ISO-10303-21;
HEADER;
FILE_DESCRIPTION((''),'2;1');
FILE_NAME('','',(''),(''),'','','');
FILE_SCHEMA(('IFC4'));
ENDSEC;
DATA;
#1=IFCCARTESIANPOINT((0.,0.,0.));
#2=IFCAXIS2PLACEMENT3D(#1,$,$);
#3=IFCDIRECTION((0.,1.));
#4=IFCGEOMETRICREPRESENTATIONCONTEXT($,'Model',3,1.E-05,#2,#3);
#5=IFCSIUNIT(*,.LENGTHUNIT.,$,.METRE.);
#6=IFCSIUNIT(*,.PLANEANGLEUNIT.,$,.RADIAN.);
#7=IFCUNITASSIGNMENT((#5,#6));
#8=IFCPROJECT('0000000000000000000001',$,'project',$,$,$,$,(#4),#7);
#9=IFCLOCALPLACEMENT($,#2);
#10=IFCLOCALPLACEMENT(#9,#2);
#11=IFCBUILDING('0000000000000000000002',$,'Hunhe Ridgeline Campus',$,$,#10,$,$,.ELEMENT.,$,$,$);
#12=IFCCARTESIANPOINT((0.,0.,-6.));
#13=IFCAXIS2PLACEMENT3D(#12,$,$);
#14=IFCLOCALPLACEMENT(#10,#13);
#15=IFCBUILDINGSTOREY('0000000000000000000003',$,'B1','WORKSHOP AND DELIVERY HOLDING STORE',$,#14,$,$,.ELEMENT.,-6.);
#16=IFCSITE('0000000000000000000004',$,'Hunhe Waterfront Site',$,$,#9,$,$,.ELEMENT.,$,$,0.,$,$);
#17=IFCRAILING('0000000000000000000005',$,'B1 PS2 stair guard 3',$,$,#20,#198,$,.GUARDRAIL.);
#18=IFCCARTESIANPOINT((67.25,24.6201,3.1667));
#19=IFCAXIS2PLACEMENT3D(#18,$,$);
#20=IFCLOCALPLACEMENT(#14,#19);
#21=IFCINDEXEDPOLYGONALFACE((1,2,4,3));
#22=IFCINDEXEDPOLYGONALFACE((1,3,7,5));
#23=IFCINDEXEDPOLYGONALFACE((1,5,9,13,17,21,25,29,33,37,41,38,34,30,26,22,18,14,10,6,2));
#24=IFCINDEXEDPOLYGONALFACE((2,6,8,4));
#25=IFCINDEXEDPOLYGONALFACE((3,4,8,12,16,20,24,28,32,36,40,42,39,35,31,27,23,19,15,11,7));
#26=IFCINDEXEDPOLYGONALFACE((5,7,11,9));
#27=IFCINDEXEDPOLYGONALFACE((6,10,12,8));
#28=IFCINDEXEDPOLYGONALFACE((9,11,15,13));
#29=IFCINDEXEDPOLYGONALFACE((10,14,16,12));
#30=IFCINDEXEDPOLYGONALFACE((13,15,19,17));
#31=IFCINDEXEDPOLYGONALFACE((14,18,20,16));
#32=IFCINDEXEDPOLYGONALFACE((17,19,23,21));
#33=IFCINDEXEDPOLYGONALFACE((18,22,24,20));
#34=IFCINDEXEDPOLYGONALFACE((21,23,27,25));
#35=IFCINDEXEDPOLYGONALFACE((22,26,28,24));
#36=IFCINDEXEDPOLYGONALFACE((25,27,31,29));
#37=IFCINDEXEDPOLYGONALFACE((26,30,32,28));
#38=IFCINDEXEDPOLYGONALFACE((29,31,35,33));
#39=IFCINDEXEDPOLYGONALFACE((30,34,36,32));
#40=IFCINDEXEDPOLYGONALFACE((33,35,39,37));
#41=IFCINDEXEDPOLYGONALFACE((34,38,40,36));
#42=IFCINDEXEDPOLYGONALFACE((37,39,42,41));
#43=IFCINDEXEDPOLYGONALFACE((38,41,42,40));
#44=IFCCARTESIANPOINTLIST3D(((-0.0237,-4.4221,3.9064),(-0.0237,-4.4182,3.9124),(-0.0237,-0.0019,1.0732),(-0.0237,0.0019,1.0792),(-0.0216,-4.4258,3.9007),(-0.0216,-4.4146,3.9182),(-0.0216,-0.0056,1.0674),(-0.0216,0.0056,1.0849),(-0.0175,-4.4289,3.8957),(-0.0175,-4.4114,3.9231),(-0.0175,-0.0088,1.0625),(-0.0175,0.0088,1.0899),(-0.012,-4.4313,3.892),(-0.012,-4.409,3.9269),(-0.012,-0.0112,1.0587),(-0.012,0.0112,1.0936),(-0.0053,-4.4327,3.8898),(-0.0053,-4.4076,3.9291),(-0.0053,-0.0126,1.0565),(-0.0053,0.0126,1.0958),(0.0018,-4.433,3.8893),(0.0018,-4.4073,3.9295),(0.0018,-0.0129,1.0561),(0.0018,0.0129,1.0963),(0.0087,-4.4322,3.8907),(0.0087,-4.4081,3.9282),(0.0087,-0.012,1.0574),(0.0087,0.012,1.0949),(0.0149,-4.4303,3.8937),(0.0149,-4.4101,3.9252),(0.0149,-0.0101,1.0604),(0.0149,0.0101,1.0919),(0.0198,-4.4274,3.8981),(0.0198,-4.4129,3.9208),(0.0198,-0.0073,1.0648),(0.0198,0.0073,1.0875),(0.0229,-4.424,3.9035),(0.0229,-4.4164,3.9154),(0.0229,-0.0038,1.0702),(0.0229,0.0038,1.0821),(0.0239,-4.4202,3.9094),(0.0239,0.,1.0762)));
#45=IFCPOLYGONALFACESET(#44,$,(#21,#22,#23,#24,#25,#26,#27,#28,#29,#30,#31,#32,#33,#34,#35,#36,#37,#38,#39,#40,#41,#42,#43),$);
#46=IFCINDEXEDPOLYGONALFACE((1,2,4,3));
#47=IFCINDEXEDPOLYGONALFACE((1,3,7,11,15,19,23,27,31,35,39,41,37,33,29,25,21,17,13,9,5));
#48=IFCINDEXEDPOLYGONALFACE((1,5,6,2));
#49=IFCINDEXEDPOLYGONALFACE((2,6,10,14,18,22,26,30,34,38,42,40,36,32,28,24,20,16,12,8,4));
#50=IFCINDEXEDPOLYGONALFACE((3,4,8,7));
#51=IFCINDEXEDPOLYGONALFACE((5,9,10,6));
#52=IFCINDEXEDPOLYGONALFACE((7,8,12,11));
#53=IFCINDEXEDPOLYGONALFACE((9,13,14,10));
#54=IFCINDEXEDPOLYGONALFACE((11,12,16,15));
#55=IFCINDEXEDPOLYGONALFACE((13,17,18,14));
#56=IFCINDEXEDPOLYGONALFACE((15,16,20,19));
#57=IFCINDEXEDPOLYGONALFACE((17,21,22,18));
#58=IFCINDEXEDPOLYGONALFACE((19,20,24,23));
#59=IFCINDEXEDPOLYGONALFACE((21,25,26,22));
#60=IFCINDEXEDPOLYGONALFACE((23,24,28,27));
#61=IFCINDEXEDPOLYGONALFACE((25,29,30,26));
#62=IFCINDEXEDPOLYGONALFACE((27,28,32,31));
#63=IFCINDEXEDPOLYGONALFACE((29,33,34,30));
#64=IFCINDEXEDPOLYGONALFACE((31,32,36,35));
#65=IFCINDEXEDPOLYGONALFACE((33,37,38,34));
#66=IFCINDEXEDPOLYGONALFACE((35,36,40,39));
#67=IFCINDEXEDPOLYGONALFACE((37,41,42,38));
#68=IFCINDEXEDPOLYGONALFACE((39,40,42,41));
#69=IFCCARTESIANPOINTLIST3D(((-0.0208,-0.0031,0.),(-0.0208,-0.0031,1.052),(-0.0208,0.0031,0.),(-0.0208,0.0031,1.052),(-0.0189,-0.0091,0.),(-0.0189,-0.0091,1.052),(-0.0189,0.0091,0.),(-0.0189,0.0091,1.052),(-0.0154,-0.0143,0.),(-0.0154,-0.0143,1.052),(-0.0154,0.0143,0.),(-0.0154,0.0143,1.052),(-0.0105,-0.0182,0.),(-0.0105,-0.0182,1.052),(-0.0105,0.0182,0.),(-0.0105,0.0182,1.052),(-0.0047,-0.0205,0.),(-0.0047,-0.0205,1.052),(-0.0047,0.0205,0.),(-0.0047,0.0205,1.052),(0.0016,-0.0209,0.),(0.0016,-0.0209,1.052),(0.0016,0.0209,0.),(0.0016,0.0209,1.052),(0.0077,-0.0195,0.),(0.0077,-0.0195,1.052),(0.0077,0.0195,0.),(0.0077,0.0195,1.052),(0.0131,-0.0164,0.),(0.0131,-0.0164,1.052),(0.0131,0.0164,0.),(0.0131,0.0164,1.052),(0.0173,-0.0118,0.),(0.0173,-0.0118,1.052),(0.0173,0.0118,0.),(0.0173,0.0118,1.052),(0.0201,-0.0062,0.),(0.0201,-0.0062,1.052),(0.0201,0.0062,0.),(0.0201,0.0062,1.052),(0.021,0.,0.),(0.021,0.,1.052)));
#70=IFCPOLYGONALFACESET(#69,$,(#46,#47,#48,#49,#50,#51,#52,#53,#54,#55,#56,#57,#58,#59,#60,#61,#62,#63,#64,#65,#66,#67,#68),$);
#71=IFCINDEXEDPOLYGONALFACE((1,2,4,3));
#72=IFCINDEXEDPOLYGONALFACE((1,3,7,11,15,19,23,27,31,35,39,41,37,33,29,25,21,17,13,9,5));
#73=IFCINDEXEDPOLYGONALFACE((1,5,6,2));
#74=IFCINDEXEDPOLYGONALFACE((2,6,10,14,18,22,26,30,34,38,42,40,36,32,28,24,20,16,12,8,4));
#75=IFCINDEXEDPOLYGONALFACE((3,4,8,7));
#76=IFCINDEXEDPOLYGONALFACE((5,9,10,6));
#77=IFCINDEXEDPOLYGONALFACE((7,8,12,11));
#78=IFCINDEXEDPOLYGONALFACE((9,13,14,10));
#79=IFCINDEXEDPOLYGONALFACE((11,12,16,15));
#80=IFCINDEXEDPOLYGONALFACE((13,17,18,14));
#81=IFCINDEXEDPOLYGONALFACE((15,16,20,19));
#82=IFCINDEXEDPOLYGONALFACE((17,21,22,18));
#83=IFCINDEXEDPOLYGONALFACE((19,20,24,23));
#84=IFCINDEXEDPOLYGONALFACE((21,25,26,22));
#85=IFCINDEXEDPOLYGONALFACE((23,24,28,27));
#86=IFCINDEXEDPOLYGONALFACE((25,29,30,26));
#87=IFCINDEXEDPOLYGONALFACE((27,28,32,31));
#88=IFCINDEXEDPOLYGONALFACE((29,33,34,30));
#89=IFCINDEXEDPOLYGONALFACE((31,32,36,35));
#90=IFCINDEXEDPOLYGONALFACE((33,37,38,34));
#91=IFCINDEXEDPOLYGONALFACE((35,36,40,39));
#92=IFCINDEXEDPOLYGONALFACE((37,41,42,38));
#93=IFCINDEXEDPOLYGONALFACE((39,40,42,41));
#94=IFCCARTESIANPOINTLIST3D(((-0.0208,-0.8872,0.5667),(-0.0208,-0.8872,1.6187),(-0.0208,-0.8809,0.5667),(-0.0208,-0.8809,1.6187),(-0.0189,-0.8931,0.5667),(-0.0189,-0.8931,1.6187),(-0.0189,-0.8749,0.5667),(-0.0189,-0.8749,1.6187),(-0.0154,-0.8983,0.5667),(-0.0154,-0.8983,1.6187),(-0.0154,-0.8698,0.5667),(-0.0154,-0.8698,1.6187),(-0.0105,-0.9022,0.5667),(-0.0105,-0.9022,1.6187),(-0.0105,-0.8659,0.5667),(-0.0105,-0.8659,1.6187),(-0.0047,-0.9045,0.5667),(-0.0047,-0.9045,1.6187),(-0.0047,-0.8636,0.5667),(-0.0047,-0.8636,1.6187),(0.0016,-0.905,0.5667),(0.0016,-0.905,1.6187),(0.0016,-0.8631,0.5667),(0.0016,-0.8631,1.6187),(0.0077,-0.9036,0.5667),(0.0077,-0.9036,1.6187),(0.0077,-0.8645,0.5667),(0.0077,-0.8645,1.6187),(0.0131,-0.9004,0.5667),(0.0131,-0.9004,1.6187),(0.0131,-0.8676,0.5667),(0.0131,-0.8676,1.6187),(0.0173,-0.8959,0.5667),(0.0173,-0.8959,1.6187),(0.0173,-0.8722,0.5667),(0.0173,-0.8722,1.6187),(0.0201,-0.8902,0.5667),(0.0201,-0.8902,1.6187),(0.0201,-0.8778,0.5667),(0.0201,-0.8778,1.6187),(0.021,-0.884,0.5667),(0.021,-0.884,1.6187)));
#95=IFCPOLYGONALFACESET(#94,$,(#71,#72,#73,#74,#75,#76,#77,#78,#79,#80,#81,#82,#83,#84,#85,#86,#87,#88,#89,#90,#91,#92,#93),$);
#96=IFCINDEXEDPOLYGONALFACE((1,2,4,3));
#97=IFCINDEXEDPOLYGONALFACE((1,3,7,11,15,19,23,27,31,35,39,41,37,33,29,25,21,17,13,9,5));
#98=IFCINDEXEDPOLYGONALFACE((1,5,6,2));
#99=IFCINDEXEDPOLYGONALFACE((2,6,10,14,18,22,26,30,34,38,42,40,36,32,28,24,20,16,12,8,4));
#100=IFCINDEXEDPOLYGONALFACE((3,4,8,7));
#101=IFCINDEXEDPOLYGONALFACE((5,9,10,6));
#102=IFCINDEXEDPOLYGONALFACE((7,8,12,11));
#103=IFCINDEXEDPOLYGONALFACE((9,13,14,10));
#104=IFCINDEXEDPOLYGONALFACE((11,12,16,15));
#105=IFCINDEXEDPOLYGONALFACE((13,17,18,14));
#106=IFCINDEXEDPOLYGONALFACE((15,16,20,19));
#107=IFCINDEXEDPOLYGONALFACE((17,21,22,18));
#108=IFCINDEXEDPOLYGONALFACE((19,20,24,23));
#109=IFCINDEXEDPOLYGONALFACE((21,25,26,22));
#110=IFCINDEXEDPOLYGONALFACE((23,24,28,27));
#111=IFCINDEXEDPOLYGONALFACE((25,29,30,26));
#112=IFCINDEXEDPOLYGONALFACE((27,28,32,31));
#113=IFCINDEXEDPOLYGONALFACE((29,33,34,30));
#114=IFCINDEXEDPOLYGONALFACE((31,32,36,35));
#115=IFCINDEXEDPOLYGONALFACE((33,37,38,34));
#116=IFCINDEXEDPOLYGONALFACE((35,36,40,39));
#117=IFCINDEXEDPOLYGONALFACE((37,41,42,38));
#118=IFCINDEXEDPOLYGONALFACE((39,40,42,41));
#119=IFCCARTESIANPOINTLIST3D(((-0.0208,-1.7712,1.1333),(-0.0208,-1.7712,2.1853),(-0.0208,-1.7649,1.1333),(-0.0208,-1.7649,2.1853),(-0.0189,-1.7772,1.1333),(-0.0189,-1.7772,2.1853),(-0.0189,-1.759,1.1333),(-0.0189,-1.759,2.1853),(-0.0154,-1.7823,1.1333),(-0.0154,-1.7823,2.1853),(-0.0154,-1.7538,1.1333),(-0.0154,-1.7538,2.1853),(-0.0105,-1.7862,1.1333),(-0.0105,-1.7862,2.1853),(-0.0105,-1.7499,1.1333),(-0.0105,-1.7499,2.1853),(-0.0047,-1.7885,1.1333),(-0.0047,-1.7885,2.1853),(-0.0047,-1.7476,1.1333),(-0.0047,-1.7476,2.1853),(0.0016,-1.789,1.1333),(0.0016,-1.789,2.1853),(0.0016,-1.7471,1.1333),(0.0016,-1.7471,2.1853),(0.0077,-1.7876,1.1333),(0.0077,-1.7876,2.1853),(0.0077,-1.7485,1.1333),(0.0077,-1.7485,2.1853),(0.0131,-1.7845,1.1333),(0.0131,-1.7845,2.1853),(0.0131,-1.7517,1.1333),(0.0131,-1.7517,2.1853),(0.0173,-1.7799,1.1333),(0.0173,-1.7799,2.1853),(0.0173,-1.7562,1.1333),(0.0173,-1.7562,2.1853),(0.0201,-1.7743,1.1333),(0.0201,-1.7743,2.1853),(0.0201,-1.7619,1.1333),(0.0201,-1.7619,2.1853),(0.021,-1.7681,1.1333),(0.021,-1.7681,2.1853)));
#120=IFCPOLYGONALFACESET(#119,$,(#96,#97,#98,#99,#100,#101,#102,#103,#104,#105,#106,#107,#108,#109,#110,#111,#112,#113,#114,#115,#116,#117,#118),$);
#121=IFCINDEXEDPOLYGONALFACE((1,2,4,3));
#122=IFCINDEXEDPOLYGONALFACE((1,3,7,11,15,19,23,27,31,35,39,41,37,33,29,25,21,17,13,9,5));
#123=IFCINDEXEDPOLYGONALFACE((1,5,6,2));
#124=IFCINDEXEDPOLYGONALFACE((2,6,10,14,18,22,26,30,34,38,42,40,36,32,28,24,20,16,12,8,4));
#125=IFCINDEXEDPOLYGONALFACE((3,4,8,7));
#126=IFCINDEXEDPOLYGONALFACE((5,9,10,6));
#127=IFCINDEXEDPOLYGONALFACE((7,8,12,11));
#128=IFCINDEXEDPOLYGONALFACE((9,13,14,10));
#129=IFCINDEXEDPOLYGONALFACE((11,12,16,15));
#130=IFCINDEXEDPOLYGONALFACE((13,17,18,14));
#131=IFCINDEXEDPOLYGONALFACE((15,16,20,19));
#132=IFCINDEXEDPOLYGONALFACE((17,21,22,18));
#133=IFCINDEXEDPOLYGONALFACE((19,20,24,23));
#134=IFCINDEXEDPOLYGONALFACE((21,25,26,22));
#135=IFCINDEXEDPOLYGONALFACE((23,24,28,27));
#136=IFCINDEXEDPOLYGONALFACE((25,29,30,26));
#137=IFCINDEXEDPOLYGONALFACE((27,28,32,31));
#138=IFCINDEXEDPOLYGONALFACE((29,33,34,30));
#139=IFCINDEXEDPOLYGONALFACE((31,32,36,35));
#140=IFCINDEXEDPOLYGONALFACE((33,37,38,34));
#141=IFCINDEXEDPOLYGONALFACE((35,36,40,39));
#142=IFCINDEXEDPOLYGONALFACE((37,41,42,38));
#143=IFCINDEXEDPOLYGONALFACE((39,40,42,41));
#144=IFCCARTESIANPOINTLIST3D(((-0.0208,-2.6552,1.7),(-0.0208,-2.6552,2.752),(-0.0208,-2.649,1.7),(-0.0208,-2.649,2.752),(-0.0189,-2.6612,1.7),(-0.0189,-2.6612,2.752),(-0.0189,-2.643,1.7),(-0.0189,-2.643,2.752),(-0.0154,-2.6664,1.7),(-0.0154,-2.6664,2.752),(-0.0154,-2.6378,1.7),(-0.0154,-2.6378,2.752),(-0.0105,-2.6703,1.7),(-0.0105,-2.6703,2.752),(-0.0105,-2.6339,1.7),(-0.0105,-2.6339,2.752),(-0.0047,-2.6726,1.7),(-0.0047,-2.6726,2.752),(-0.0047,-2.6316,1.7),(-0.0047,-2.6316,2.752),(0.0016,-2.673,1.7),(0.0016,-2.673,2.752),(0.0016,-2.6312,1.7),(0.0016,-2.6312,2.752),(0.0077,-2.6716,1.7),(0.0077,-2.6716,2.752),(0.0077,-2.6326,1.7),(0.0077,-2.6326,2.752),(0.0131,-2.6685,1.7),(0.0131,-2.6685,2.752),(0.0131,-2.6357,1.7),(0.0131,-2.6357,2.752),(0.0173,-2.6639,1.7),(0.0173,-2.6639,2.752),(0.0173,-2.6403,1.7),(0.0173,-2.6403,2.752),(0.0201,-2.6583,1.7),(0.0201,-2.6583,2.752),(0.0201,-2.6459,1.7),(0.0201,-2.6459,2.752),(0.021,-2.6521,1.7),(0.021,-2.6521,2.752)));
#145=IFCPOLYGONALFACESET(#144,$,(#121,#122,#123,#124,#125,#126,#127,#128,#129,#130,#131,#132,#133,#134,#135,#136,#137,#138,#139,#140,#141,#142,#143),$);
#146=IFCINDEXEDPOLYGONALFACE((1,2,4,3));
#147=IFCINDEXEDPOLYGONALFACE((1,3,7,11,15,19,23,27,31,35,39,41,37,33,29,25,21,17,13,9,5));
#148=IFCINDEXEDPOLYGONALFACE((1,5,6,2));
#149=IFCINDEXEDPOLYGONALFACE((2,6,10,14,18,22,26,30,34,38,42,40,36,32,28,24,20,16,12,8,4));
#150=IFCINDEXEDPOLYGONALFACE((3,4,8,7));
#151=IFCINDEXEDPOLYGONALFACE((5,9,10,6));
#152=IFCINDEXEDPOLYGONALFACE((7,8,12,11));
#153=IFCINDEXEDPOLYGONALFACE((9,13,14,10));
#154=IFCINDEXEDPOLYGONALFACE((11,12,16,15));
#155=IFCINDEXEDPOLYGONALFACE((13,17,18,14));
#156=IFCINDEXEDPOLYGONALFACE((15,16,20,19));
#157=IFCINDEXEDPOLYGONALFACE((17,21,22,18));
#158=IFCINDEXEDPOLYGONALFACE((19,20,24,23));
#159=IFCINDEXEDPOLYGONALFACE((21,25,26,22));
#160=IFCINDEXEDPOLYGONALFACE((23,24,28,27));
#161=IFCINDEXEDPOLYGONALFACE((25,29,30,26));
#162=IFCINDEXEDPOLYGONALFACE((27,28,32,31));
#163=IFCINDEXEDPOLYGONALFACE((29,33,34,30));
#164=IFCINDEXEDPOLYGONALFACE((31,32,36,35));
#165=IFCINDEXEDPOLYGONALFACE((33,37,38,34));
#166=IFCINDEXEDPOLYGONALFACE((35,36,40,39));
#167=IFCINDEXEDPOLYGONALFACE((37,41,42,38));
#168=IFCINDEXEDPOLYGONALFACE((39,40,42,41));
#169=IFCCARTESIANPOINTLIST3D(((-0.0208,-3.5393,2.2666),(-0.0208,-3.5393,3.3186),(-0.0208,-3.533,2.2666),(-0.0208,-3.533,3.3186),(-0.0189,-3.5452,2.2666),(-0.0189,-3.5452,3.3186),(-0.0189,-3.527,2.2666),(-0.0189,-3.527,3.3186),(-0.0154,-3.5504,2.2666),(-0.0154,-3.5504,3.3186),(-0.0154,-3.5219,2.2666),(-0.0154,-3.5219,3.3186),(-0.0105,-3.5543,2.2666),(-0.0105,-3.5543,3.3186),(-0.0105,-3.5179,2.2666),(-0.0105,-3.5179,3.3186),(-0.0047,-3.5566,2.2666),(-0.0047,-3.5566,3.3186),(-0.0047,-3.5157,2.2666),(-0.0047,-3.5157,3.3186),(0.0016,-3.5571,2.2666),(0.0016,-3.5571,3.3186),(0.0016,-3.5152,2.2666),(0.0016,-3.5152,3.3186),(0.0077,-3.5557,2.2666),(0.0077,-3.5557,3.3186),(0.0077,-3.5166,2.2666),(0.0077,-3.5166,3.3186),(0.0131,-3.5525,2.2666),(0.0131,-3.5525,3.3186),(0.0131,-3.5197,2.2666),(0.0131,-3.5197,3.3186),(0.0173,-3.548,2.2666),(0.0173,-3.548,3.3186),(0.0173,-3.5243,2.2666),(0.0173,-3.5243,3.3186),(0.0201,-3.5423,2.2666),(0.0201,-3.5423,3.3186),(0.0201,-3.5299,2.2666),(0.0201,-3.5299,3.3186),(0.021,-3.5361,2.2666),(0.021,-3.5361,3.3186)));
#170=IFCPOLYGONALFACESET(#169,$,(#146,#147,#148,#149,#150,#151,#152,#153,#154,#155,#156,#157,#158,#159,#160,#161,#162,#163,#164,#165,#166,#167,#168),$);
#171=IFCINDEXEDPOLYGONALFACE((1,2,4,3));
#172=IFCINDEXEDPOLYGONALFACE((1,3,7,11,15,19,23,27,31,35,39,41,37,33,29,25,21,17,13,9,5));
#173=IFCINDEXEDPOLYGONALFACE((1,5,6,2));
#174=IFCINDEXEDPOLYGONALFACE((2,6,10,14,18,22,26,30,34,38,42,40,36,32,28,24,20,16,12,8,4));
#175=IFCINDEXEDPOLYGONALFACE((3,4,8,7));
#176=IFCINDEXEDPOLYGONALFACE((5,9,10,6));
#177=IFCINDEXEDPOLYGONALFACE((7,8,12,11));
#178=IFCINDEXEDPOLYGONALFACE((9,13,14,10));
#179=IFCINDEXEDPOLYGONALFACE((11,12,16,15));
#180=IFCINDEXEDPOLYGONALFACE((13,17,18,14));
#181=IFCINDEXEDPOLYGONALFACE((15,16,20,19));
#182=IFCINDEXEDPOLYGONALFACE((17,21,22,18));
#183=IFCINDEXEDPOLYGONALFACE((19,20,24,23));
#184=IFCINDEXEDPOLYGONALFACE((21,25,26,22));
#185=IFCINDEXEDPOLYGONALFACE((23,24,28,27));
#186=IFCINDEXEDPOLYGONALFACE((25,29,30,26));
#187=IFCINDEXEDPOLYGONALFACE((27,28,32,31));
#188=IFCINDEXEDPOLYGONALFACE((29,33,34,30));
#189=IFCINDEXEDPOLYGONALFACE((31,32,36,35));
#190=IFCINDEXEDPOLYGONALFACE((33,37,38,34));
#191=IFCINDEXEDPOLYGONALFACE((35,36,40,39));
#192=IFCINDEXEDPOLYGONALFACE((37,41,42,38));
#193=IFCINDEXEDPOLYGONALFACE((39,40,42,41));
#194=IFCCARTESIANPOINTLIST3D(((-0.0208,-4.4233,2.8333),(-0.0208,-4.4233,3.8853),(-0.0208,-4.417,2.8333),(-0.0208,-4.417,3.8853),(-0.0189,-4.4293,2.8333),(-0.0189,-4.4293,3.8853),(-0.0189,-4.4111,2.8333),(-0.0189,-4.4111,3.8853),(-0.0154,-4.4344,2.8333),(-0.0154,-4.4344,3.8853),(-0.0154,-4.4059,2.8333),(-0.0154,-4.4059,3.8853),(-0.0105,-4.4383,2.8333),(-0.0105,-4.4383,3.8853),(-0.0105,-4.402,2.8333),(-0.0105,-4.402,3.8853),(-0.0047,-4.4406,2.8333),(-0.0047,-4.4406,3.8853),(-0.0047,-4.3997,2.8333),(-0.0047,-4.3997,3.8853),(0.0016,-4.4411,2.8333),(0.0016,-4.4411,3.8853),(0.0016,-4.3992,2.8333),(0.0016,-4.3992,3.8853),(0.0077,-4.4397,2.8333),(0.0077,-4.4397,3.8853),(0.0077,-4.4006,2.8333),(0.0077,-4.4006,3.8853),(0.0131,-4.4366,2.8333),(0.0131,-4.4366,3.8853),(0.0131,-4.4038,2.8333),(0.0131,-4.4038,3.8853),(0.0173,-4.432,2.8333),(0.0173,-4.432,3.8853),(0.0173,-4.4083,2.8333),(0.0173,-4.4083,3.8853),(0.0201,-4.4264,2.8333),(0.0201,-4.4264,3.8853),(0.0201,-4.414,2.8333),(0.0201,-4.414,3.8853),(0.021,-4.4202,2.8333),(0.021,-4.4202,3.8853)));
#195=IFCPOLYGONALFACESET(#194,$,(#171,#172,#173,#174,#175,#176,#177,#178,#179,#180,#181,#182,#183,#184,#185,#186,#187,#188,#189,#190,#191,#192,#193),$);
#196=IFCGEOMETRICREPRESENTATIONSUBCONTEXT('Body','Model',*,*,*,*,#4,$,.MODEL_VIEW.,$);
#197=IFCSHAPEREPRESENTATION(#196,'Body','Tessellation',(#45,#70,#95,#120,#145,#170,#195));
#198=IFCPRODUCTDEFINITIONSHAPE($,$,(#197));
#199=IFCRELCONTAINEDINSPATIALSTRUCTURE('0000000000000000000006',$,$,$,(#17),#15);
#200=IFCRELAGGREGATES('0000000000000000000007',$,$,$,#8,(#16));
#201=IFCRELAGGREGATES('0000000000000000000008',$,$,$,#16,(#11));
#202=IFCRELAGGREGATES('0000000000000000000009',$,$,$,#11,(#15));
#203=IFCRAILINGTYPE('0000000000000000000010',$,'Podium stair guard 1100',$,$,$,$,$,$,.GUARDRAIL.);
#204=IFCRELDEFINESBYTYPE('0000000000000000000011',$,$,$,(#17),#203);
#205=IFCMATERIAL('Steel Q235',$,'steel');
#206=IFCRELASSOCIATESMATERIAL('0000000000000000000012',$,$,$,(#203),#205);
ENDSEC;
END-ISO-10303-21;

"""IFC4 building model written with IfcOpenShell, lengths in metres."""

from ifc_helpers import new_model, si_unit, direction, frame, origin, origin_2d, place, context, subcontext, project, spatial, circle, extrude, material, type_object, element, save


model = new_model("IFC4")

# Units and contexts
model_context = context("Model", 3, precision=1e-05, world=origin(), true_north=direction((0.0, 1.0)))
body_context = subcontext(model_context, "Body", "Model", "MODEL_VIEW")
ifc_project = project(units=[si_unit("LENGTHUNIT", "METRE"), si_unit("PLANEANGLEUNIT", "RADIAN")], contexts=[model_context])

# Site, building, storey
site_placement = place(None, origin())
site = spatial("IfcSite", under=ifc_project, at=site_placement, Name="Hunhe Waterfront Site", CompositionType="ELEMENT", RefElevation=0.0)
building_placement = place(site_placement, origin())
building = spatial("IfcBuilding", under=site, at=building_placement, Name="Hunhe Ridgeline Campus", CompositionType="ELEMENT")
storey_placement = place(building_placement, frame((0.0, 0.0, -6.0)))
storey = spatial("IfcBuildingStorey", under=building, at=storey_placement, Name="B1", Description="WORKSHOP AND DELIVERY HOLDING STORE", CompositionType="ELEMENT", Elevation=-6.0)

# Shared definitions
ifc_material_1 = material(Name="Steel Q235", Category="steel")

# Railing
railing_type_1 = type_object("IfcRailingType", Name="Podium stair guard 1100", PredefinedType="GUARDRAIL", material=ifc_material_1)
railing_1_placement = place(storey_placement, frame((67.25, 24.6201, 3.1667)))
element("IfcRailing", 1, at=railing_1_placement, inside=storey, type_object=railing_type_1, Name="B1 PS2 stair guard 3", PredefinedType="GUARDRAIL", context=body_context, shape_type="SweptSolid", body=[
    extrude(circle(Radius=0.0239, at=origin_2d()), frame((0.0, 0.0, 1.0762), z_axis=(0.0, -0.841895, 0.539641), x_axis=(1.0, 0.0, 0.0)), (0.0, 0.0, 1.0), 5.2502),
    extrude(circle(Radius=0.021, at=origin_2d()), origin(), (0.0, 0.0, 1.0), 1.052),
    extrude(circle(Radius=0.021, at=origin_2d()), frame((0.0, -0.884, 0.5667)), (0.0, 0.0, 1.0), 1.052),
    extrude(circle(Radius=0.021, at=origin_2d()), frame((0.0, -1.7681, 1.1333)), (0.0, 0.0, 1.0), 1.052),
    extrude(circle(Radius=0.021, at=origin_2d()), frame((0.0, -2.6521, 1.7)), (0.0, 0.0, 1.0), 1.052),
    extrude(circle(Radius=0.021, at=origin_2d()), frame((0.0, -3.5361, 2.2666)), (0.0, 0.0, 1.0), 1.052),
    extrude(circle(Radius=0.021, at=origin_2d()), frame((0.0, -4.4202, 2.8333)), (0.0, 0.0, 1.0), 1.052),
])

save(model, "model.ifc")
